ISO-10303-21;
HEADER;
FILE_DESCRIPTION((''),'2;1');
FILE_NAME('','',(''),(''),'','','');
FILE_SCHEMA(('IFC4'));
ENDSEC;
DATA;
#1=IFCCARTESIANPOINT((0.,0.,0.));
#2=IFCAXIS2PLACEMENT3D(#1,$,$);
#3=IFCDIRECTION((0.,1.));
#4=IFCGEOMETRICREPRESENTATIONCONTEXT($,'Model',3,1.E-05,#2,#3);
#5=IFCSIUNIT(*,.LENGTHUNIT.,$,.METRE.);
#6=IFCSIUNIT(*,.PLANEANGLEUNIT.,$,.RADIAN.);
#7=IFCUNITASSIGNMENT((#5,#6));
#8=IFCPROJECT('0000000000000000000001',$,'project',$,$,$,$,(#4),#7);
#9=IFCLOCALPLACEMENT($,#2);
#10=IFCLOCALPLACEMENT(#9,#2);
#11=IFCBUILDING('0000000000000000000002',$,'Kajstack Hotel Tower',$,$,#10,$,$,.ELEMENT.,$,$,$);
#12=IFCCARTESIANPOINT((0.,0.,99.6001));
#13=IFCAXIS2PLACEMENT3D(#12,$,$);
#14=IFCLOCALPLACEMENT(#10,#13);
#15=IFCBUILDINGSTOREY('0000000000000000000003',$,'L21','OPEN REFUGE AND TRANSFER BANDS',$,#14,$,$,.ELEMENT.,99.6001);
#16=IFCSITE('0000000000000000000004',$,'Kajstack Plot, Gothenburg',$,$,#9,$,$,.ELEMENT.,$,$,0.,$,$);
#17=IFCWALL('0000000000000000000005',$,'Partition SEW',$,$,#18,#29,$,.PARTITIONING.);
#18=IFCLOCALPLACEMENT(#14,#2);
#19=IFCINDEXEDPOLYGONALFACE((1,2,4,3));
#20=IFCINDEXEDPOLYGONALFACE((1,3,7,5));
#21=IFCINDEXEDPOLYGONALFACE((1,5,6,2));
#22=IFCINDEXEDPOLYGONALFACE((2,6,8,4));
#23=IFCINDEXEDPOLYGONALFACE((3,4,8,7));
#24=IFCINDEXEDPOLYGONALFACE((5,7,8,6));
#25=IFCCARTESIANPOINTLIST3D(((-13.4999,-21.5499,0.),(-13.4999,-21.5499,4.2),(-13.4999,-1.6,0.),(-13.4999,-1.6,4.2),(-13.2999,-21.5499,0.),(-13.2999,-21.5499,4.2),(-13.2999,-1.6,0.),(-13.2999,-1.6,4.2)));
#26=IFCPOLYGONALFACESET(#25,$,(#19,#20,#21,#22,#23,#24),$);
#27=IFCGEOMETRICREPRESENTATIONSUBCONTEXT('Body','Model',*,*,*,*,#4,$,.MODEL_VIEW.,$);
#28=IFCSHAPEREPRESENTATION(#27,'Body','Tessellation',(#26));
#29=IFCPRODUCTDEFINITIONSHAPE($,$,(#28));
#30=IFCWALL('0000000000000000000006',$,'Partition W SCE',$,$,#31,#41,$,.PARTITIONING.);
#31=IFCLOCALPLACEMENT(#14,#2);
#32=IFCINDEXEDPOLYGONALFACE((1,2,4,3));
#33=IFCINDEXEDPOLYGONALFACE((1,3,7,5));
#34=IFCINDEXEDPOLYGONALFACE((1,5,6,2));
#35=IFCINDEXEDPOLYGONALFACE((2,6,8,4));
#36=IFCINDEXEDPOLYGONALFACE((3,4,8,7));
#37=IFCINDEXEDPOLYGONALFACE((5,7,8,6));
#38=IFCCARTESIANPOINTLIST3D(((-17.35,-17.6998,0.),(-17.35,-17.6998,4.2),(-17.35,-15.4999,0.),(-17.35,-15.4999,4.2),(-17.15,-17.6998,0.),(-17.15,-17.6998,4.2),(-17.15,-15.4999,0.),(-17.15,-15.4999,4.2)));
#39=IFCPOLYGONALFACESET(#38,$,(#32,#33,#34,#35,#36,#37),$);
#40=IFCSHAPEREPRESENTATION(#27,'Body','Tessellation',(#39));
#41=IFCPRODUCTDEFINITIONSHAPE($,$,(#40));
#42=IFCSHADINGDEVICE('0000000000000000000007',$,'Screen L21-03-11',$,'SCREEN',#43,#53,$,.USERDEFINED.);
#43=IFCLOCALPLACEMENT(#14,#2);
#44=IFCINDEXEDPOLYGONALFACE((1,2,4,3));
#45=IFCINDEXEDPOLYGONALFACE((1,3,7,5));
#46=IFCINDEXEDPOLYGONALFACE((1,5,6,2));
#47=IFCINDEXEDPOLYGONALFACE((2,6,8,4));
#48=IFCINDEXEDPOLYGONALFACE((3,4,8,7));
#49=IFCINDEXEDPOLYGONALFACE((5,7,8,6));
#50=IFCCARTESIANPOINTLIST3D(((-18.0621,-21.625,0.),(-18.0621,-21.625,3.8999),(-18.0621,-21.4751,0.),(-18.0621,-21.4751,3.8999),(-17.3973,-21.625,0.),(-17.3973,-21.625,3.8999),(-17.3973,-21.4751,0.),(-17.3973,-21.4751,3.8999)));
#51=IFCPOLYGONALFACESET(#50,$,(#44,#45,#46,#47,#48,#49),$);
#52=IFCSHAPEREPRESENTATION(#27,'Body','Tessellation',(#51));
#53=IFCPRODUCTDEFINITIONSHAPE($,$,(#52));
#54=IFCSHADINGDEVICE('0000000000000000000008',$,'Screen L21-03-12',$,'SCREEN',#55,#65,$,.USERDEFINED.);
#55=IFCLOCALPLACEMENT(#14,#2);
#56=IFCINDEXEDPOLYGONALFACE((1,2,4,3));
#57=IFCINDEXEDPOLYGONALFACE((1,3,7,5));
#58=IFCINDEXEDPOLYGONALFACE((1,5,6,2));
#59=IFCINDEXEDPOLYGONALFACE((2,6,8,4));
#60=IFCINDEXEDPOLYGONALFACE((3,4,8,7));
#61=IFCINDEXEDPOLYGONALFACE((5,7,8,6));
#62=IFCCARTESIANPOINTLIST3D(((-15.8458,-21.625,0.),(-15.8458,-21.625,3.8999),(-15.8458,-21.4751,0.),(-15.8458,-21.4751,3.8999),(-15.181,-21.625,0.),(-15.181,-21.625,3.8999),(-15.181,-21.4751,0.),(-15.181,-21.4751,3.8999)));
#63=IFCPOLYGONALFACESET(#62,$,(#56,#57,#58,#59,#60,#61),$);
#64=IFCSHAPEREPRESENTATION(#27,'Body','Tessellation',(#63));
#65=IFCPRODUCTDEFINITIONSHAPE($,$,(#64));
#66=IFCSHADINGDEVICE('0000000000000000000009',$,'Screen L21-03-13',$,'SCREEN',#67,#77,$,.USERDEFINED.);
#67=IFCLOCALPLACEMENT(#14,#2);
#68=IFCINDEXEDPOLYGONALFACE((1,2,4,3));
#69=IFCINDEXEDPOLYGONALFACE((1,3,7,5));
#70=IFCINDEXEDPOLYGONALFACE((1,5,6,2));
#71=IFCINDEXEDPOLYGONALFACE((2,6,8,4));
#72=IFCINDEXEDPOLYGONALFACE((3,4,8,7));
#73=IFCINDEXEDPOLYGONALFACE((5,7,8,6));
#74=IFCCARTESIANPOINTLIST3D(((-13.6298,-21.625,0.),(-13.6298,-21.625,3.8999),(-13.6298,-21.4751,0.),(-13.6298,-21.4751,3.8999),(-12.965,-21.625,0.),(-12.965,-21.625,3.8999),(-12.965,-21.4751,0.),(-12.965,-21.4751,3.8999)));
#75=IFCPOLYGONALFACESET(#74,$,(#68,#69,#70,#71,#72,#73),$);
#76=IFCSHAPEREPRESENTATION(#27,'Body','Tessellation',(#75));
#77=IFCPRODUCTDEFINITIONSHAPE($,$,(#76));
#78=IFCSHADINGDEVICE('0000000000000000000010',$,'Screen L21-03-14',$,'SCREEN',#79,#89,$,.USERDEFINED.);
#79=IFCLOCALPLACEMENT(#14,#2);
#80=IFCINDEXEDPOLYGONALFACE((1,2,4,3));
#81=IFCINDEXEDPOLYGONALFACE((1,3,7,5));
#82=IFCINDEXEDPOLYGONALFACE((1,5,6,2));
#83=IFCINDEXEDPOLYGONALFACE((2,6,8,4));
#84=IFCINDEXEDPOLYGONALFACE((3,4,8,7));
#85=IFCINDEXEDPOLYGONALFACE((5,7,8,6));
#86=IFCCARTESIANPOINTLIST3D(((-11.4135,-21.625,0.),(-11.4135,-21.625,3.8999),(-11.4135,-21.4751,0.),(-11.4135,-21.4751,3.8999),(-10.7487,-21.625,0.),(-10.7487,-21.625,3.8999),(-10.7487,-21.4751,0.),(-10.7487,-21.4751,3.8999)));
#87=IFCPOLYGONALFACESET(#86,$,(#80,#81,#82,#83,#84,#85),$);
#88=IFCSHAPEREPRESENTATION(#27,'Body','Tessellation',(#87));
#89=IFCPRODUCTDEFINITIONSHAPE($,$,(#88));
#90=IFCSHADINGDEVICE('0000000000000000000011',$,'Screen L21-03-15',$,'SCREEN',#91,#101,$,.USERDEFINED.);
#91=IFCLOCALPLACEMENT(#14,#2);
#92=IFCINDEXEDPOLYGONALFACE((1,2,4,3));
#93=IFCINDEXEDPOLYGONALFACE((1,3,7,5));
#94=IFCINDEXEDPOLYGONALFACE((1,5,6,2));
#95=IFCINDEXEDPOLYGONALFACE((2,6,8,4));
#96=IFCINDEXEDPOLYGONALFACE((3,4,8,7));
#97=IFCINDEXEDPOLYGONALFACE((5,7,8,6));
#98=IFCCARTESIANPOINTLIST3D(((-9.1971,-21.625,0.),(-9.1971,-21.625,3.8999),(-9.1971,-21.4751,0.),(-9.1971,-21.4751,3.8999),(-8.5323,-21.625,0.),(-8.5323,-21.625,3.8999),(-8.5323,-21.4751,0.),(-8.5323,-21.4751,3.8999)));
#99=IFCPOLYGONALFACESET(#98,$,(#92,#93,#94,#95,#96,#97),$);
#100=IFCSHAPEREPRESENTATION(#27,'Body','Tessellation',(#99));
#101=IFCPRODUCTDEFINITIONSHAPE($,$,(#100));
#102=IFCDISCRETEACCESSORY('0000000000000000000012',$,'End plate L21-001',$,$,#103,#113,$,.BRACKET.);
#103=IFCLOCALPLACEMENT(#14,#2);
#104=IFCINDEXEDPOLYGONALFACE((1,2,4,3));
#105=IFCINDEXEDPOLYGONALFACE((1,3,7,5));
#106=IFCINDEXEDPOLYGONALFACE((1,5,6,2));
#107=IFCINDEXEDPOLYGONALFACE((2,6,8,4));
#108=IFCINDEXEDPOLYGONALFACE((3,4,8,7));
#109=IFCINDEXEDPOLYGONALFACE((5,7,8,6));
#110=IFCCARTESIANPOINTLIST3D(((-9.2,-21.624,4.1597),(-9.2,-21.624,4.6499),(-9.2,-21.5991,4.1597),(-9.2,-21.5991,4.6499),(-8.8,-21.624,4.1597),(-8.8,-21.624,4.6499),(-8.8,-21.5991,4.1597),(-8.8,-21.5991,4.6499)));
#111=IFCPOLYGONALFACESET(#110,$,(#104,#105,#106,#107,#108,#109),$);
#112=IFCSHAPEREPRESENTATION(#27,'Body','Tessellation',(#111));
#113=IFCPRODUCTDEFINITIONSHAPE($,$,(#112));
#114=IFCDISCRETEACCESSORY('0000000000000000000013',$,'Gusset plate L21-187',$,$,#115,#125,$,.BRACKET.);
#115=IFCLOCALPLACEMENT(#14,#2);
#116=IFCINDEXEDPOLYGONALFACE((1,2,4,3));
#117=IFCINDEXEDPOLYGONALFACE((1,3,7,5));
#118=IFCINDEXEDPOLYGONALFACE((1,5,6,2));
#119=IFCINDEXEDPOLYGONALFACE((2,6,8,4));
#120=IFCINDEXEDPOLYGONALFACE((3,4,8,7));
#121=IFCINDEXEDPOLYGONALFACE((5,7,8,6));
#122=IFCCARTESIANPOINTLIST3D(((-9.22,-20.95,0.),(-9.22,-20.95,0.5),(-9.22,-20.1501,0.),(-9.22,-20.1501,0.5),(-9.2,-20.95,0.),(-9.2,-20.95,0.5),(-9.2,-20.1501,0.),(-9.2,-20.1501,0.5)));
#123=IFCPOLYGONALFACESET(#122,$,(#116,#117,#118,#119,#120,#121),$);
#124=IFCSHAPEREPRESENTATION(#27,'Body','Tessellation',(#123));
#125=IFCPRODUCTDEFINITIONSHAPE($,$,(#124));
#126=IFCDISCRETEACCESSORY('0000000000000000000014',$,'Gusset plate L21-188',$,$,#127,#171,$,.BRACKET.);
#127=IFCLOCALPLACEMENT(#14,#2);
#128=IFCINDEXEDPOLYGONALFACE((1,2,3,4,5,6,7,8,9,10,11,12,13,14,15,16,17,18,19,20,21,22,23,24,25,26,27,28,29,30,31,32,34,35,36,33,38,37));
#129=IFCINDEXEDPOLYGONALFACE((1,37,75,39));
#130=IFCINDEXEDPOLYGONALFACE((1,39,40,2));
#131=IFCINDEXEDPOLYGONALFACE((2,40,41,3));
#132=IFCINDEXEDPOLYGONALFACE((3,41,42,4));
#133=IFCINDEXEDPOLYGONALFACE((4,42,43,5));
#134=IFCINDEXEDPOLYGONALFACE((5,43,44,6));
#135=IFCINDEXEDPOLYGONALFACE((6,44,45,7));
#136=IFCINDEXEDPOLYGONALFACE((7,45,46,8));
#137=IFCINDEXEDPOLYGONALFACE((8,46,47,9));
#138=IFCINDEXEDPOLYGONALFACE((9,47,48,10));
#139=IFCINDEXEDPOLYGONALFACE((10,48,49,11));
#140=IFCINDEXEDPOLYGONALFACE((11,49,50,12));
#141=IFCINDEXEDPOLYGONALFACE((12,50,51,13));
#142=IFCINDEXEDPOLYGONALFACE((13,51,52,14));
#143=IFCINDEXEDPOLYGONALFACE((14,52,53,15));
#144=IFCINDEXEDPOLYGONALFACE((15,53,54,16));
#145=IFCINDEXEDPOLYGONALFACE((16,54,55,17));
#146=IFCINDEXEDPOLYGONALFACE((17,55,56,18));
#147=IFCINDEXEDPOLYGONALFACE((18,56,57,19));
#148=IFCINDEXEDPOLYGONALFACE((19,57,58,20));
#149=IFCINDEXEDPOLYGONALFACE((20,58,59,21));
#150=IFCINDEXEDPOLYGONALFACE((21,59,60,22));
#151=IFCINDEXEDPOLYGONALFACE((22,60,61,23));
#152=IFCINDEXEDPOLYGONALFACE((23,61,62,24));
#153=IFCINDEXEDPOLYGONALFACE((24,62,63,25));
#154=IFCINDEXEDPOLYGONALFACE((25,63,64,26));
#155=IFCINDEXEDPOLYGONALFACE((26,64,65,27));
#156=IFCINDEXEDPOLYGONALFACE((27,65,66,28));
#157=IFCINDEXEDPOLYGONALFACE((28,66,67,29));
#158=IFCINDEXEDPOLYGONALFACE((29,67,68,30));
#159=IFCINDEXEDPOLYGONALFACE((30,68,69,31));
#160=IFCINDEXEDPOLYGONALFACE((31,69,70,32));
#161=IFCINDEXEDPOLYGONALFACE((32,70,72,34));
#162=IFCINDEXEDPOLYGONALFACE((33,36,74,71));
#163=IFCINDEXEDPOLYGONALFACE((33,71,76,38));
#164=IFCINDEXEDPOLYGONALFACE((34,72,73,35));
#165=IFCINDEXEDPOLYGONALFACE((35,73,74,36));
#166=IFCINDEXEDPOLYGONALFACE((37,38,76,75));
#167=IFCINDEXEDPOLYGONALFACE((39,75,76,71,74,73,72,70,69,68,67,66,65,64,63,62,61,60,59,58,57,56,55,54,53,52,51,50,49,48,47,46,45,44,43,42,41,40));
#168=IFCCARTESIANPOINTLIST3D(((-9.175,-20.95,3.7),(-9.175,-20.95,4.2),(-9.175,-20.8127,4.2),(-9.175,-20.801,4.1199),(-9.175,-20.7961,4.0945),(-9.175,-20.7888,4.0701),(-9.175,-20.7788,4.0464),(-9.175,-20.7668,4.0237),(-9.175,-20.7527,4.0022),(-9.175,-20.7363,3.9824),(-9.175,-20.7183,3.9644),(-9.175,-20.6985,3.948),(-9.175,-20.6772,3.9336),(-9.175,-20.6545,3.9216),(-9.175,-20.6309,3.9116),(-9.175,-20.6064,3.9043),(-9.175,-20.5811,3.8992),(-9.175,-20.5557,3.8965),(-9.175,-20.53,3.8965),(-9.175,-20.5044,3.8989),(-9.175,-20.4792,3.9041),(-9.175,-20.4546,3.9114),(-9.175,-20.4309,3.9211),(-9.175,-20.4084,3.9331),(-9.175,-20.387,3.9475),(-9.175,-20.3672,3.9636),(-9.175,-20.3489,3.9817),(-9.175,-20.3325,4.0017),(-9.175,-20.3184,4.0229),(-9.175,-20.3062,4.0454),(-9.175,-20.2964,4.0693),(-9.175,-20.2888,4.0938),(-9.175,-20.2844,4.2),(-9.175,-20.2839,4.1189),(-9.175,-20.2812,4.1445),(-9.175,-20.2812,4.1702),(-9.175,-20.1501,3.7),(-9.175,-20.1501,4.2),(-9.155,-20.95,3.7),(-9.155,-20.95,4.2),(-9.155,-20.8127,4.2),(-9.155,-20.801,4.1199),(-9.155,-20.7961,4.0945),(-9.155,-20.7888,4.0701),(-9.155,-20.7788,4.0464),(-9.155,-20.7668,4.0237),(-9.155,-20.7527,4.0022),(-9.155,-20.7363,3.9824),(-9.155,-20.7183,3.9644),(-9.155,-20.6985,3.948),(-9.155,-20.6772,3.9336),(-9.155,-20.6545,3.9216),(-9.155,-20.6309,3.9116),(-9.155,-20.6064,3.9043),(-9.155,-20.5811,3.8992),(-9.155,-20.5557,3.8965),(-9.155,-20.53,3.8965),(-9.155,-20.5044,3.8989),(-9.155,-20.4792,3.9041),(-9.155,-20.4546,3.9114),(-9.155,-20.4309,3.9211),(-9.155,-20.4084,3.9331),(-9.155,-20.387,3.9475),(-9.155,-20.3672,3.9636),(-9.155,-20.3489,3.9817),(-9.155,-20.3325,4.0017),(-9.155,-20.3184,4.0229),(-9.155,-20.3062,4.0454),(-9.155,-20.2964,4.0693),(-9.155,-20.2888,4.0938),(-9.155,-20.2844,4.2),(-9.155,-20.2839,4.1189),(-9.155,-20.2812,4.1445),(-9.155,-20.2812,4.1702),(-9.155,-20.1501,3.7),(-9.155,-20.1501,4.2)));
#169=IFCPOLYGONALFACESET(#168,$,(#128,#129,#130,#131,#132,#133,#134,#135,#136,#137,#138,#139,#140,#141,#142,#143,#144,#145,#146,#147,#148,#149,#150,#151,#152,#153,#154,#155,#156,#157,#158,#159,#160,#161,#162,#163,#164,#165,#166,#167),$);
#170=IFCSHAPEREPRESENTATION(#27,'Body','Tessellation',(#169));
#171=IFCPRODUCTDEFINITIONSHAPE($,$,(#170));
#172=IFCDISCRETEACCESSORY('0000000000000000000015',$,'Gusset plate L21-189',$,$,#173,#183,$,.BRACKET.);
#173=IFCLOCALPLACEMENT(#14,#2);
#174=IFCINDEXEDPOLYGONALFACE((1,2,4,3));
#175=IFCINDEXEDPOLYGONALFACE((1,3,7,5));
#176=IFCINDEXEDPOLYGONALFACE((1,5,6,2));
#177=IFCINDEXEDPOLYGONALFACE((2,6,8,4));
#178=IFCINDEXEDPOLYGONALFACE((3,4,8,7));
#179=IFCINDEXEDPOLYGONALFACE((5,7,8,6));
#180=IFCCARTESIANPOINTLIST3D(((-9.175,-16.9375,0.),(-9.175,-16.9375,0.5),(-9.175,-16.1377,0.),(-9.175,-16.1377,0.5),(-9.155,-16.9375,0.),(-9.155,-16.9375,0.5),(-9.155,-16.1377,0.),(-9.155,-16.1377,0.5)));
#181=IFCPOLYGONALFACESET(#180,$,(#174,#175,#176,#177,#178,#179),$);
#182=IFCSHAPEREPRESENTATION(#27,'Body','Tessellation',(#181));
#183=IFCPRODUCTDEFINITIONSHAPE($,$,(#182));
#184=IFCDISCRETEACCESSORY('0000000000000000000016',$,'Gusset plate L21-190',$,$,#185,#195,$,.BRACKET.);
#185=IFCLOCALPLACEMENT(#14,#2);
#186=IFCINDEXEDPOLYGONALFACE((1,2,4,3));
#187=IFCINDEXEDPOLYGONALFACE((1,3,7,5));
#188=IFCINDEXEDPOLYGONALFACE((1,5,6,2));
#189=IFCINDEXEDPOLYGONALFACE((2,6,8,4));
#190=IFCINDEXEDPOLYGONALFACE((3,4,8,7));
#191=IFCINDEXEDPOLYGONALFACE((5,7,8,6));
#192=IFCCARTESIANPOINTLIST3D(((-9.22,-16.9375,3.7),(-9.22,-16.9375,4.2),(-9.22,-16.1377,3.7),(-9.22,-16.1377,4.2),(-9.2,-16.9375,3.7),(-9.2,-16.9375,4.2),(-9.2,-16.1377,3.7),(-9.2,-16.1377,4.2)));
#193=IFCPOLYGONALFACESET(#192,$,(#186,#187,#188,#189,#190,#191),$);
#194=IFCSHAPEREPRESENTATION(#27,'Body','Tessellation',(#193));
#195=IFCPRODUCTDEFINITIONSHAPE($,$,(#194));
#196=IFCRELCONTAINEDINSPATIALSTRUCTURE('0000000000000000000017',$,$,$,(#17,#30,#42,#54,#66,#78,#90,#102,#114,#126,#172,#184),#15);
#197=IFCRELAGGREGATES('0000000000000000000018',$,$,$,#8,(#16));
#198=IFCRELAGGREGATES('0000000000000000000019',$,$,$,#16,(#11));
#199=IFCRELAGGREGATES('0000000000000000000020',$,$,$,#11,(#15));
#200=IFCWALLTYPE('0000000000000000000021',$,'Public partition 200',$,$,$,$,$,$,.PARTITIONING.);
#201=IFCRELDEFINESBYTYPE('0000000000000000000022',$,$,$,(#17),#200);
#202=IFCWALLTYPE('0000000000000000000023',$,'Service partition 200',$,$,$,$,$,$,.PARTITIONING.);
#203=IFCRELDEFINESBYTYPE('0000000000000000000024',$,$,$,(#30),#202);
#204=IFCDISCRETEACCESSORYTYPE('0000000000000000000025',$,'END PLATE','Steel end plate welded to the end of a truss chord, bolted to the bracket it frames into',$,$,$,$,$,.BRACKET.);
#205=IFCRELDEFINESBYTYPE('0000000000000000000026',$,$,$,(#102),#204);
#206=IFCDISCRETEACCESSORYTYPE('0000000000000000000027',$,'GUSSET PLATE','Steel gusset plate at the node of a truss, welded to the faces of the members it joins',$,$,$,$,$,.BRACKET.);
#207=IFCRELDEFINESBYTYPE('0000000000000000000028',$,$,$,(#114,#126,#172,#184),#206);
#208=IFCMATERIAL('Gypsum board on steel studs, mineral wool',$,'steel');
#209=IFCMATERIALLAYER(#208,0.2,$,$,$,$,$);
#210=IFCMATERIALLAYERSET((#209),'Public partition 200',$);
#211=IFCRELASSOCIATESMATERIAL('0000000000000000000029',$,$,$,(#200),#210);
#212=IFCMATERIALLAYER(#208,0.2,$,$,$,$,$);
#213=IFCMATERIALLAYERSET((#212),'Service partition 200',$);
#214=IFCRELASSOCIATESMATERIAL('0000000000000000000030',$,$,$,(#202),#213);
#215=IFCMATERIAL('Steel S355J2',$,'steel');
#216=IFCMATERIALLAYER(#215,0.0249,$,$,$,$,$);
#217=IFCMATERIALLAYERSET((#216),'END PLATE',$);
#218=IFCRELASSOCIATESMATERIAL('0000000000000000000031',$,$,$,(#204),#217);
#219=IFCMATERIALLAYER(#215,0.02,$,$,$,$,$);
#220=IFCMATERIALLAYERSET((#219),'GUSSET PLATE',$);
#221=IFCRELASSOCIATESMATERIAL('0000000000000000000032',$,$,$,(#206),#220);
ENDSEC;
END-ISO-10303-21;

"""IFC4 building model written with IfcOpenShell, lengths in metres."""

from ifc_helpers import new_model, si_unit, direction, frame, frame_2d, origin, origin_2d, place, context, subcontext, project, spatial, polyline, rectangle, outline, extrude, material, layer, layer_set, type_object, element, save


model = new_model("IFC4")

# Units and contexts
model_context = context("Model", 3, precision=1e-05, world=origin(), true_north=direction((0.0, 1.0)))
body_context = subcontext(model_context, "Body", "Model", "MODEL_VIEW")
ifc_project = project(units=[si_unit("LENGTHUNIT", "METRE"), si_unit("PLANEANGLEUNIT", "RADIAN")], contexts=[model_context])

# Site, building, storey
site_placement = place(None, origin())
site = spatial("IfcSite", under=ifc_project, at=site_placement, Name="Kajstack Plot, Gothenburg", CompositionType="ELEMENT", RefElevation=0.0)
building_placement = place(site_placement, origin())
building = spatial("IfcBuilding", under=site, at=building_placement, Name="Kajstack Hotel Tower", CompositionType="ELEMENT")
storey_placement = place(building_placement, frame((0.0, 0.0, 99.6001)))
storey = spatial("IfcBuildingStorey", under=building, at=storey_placement, Name="L21", Description="OPEN REFUGE AND TRANSFER BANDS", CompositionType="ELEMENT", Elevation=99.6001)

# Shared definitions
ifc_material_1 = material(Name="Steel S355J2", Category="steel")

# Walls
ifc_material_2 = material(Name="Gypsum board on steel studs, mineral wool", Category="steel")
ifc_layer_1 = layer(ifc_material_2, 0.2)
ifc_layer_set_1 = layer_set([ifc_layer_1], Name="Public partition 200")
wall_type_1 = type_object("IfcWallType", Name="Public partition 200", PredefinedType="PARTITIONING", material=ifc_layer_set_1)
wall_1_placement = place(storey_placement, frame((-13.3999, -21.55, 0.0), z_axis=(0.0, 0.0, 1.0), x_axis=(0.0, 1.0, 0.0)))
element("IfcWall", 1, at=wall_1_placement, inside=storey, type_object=wall_type_1, Name="Partition SEW", PredefinedType="PARTITIONING", context=body_context, shape_type="SweptSolid", body=[
    extrude(rectangle(XDim=19.95, YDim=0.2, at=frame_2d((9.9751, 0.0))), origin(), (0.0, 0.0, 1.0), 4.2),
])
ifc_layer_2 = layer(ifc_material_2, 0.2)
ifc_layer_set_2 = layer_set([ifc_layer_2], Name="Service partition 200")
wall_type_2 = type_object("IfcWallType", Name="Service partition 200", PredefinedType="PARTITIONING", material=ifc_layer_set_2)
wall_2_placement = place(storey_placement, frame((-17.25, -17.7, 0.0), z_axis=(0.0, 0.0, 1.0), x_axis=(0.0, 1.0, 0.0)))
element("IfcWall", 2, at=wall_2_placement, inside=storey, type_object=wall_type_2, Name="Partition W SCE", PredefinedType="PARTITIONING", context=body_context, shape_type="SweptSolid", body=[
    extrude(rectangle(XDim=2.2, YDim=0.2, at=frame_2d((1.1001, 0.0))), origin(), (0.0, 0.0, 1.0), 4.2),
])

# Shading devices
for number, where, z_axis, x_axis, name in (
    (3, (-17.7297, -21.55, 0.0), (0.0, 0.0, 1.0), (1.0, 0.0, 0.0), "Screen L21-03-11"),
    (4, (-15.5134, -21.55, 0.0), (0.0, 0.0, 1.0), (1.0, 0.0, 0.0), "Screen L21-03-12"),
    (5, (-13.2974, -21.55, 0.0), (0.0, 0.0, 1.0), (1.0, 0.0, 0.0), "Screen L21-03-13"),
    (6, (-11.0811, -21.55, 0.0), (0.0, 0.0, 1.0), (1.0, 0.0, 0.0), "Screen L21-03-14"),
    (7, (-8.8647, -21.55, 0.0), (0.0, 0.0, 1.0), (1.0, 0.0, 0.0), "Screen L21-03-15"),
):
    element("IfcShadingDevice", number, at=place(storey_placement, frame(where, z_axis=z_axis, x_axis=x_axis)), inside=storey, Name=name, ObjectType="SCREEN", PredefinedType="USERDEFINED", context=body_context, shape_type="SweptSolid", body=[
        extrude(rectangle(XDim=0.6648, YDim=0.1499, at=origin_2d()), origin(), (0.0, 0.0, 1.0), 3.8999),
    ])

# Discrete accessories
ifc_layer_3 = layer(ifc_material_1, 0.0249)
ifc_layer_set_3 = layer_set([ifc_layer_3], Name="END PLATE")
discrete_accessory_type_1 = type_object("IfcDiscreteAccessoryType", Name="END PLATE", Description="Steel end plate welded to the end of a truss chord, bolted to the bracket it frames into", PredefinedType="BRACKET", material=ifc_layer_set_3)
discrete_accessory_1_placement = place(storey_placement, frame((-9.0, -21.624, 4.4048), z_axis=(0.0, 1.0, 0.0), x_axis=(-1.0, 0.0, 0.0)))
element("IfcDiscreteAccessory", 8, at=discrete_accessory_1_placement, inside=storey, type_object=discrete_accessory_type_1, Name="End plate L21-001", PredefinedType="BRACKET", context=body_context, shape_type="SweptSolid", body=[
    extrude(outline(polyline([(-0.2, -0.2451), (0.2, -0.2451), (0.2, 0.2451), (-0.2, 0.2451), (-0.2, -0.2451)])), origin(), (0.0, 0.0, 1.0), 0.0249),
])
ifc_layer_4 = layer(ifc_material_1, 0.02)
ifc_layer_set_4 = layer_set([ifc_layer_4], Name="GUSSET PLATE")
discrete_accessory_type_2 = type_object("IfcDiscreteAccessoryType", Name="GUSSET PLATE", Description="Steel gusset plate at the node of a truss, welded to the faces of the members it joins", PredefinedType="BRACKET", material=ifc_layer_set_4)
discrete_accessory_2_placement = place(storey_placement, frame((-9.22, -20.55, 0.0), z_axis=(1.0, 0.0, 0.0), x_axis=(0.0, 1.0, 0.0)))
element("IfcDiscreteAccessory", 9, at=discrete_accessory_2_placement, inside=storey, type_object=discrete_accessory_type_2, Name="Gusset plate L21-187", PredefinedType="BRACKET", context=body_context, shape_type="SweptSolid", body=[
    extrude(outline(polyline([(-0.3999, 0.0), (0.3999, 0.0), (0.3999, 0.5), (-0.3999, 0.5), (-0.3999, 0.0)])), origin(), (0.0, 0.0, 1.0), 0.02),
])
discrete_accessory_3_placement = place(storey_placement, frame((-9.175, -20.55, 3.7), z_axis=(1.0, 0.0, 0.0), x_axis=(0.0, 1.0, 0.0)))
element("IfcDiscreteAccessory", 10, at=discrete_accessory_3_placement, inside=storey, type_object=discrete_accessory_type_2, Name="Gusset plate L21-188", PredefinedType="BRACKET", context=body_context, shape_type="SweptSolid", body=[
    extrude(outline(polyline([(0.3999, 0.5), (0.2656, 0.5), (0.2688, 0.4702), (0.2688, 0.4446), (0.2661, 0.4189), (0.2612, 0.3938), (0.2537, 0.3694), (0.2439, 0.3455), (0.2317, 0.323), (0.2175, 0.3018), (0.2012, 0.2817), (0.1829, 0.2637), (0.1631, 0.2476), (0.1416, 0.2332), (0.1191, 0.2212), (0.0955, 0.2114), (0.0708, 0.2041), (0.0457, 0.199), (0.02, 0.1965), (-0.0056, 0.1965), (-0.031, 0.1992), (-0.0564, 0.2043), (-0.0808, 0.2117), (-0.1045, 0.2217), (-0.1272, 0.2336), (-0.1484, 0.248), (-0.1682, 0.2644), (-0.1863, 0.2825), (-0.2026, 0.3022), (-0.2168, 0.3237), (-0.2288, 0.3464), (-0.2388, 0.3701), (-0.2461, 0.3945), (-0.251, 0.4199), (-0.2627, 0.5), (-0.3999, 0.5), (-0.3999, 0.0), (0.3999, 0.0), (0.3999, 0.5)])), origin(), (0.0, 0.0, 1.0), 0.02),
])
for number, where, z_axis, x_axis, name in (
    (11, (-9.175, -16.5376, 0.0), (1.0, 0.0, 0.0), (0.0, 1.0, 0.0), "Gusset plate L21-189"),
    (12, (-9.22, -16.5376, 3.7), (1.0, 0.0, 0.0), (0.0, 1.0, 0.0), "Gusset plate L21-190"),
):
    element("IfcDiscreteAccessory", number, at=place(storey_placement, frame(where, z_axis=z_axis, x_axis=x_axis)), inside=storey, type_object=discrete_accessory_type_2, Name=name, PredefinedType="BRACKET", context=body_context, shape_type="SweptSolid", body=[
        extrude(outline(polyline([(-0.3999, 0.0), (0.3999, 0.0), (0.3999, 0.5), (-0.3999, 0.5), (-0.3999, 0.0)])), origin(), (0.0, 0.0, 1.0), 0.02),
    ])

save(model, "model.ifc")
